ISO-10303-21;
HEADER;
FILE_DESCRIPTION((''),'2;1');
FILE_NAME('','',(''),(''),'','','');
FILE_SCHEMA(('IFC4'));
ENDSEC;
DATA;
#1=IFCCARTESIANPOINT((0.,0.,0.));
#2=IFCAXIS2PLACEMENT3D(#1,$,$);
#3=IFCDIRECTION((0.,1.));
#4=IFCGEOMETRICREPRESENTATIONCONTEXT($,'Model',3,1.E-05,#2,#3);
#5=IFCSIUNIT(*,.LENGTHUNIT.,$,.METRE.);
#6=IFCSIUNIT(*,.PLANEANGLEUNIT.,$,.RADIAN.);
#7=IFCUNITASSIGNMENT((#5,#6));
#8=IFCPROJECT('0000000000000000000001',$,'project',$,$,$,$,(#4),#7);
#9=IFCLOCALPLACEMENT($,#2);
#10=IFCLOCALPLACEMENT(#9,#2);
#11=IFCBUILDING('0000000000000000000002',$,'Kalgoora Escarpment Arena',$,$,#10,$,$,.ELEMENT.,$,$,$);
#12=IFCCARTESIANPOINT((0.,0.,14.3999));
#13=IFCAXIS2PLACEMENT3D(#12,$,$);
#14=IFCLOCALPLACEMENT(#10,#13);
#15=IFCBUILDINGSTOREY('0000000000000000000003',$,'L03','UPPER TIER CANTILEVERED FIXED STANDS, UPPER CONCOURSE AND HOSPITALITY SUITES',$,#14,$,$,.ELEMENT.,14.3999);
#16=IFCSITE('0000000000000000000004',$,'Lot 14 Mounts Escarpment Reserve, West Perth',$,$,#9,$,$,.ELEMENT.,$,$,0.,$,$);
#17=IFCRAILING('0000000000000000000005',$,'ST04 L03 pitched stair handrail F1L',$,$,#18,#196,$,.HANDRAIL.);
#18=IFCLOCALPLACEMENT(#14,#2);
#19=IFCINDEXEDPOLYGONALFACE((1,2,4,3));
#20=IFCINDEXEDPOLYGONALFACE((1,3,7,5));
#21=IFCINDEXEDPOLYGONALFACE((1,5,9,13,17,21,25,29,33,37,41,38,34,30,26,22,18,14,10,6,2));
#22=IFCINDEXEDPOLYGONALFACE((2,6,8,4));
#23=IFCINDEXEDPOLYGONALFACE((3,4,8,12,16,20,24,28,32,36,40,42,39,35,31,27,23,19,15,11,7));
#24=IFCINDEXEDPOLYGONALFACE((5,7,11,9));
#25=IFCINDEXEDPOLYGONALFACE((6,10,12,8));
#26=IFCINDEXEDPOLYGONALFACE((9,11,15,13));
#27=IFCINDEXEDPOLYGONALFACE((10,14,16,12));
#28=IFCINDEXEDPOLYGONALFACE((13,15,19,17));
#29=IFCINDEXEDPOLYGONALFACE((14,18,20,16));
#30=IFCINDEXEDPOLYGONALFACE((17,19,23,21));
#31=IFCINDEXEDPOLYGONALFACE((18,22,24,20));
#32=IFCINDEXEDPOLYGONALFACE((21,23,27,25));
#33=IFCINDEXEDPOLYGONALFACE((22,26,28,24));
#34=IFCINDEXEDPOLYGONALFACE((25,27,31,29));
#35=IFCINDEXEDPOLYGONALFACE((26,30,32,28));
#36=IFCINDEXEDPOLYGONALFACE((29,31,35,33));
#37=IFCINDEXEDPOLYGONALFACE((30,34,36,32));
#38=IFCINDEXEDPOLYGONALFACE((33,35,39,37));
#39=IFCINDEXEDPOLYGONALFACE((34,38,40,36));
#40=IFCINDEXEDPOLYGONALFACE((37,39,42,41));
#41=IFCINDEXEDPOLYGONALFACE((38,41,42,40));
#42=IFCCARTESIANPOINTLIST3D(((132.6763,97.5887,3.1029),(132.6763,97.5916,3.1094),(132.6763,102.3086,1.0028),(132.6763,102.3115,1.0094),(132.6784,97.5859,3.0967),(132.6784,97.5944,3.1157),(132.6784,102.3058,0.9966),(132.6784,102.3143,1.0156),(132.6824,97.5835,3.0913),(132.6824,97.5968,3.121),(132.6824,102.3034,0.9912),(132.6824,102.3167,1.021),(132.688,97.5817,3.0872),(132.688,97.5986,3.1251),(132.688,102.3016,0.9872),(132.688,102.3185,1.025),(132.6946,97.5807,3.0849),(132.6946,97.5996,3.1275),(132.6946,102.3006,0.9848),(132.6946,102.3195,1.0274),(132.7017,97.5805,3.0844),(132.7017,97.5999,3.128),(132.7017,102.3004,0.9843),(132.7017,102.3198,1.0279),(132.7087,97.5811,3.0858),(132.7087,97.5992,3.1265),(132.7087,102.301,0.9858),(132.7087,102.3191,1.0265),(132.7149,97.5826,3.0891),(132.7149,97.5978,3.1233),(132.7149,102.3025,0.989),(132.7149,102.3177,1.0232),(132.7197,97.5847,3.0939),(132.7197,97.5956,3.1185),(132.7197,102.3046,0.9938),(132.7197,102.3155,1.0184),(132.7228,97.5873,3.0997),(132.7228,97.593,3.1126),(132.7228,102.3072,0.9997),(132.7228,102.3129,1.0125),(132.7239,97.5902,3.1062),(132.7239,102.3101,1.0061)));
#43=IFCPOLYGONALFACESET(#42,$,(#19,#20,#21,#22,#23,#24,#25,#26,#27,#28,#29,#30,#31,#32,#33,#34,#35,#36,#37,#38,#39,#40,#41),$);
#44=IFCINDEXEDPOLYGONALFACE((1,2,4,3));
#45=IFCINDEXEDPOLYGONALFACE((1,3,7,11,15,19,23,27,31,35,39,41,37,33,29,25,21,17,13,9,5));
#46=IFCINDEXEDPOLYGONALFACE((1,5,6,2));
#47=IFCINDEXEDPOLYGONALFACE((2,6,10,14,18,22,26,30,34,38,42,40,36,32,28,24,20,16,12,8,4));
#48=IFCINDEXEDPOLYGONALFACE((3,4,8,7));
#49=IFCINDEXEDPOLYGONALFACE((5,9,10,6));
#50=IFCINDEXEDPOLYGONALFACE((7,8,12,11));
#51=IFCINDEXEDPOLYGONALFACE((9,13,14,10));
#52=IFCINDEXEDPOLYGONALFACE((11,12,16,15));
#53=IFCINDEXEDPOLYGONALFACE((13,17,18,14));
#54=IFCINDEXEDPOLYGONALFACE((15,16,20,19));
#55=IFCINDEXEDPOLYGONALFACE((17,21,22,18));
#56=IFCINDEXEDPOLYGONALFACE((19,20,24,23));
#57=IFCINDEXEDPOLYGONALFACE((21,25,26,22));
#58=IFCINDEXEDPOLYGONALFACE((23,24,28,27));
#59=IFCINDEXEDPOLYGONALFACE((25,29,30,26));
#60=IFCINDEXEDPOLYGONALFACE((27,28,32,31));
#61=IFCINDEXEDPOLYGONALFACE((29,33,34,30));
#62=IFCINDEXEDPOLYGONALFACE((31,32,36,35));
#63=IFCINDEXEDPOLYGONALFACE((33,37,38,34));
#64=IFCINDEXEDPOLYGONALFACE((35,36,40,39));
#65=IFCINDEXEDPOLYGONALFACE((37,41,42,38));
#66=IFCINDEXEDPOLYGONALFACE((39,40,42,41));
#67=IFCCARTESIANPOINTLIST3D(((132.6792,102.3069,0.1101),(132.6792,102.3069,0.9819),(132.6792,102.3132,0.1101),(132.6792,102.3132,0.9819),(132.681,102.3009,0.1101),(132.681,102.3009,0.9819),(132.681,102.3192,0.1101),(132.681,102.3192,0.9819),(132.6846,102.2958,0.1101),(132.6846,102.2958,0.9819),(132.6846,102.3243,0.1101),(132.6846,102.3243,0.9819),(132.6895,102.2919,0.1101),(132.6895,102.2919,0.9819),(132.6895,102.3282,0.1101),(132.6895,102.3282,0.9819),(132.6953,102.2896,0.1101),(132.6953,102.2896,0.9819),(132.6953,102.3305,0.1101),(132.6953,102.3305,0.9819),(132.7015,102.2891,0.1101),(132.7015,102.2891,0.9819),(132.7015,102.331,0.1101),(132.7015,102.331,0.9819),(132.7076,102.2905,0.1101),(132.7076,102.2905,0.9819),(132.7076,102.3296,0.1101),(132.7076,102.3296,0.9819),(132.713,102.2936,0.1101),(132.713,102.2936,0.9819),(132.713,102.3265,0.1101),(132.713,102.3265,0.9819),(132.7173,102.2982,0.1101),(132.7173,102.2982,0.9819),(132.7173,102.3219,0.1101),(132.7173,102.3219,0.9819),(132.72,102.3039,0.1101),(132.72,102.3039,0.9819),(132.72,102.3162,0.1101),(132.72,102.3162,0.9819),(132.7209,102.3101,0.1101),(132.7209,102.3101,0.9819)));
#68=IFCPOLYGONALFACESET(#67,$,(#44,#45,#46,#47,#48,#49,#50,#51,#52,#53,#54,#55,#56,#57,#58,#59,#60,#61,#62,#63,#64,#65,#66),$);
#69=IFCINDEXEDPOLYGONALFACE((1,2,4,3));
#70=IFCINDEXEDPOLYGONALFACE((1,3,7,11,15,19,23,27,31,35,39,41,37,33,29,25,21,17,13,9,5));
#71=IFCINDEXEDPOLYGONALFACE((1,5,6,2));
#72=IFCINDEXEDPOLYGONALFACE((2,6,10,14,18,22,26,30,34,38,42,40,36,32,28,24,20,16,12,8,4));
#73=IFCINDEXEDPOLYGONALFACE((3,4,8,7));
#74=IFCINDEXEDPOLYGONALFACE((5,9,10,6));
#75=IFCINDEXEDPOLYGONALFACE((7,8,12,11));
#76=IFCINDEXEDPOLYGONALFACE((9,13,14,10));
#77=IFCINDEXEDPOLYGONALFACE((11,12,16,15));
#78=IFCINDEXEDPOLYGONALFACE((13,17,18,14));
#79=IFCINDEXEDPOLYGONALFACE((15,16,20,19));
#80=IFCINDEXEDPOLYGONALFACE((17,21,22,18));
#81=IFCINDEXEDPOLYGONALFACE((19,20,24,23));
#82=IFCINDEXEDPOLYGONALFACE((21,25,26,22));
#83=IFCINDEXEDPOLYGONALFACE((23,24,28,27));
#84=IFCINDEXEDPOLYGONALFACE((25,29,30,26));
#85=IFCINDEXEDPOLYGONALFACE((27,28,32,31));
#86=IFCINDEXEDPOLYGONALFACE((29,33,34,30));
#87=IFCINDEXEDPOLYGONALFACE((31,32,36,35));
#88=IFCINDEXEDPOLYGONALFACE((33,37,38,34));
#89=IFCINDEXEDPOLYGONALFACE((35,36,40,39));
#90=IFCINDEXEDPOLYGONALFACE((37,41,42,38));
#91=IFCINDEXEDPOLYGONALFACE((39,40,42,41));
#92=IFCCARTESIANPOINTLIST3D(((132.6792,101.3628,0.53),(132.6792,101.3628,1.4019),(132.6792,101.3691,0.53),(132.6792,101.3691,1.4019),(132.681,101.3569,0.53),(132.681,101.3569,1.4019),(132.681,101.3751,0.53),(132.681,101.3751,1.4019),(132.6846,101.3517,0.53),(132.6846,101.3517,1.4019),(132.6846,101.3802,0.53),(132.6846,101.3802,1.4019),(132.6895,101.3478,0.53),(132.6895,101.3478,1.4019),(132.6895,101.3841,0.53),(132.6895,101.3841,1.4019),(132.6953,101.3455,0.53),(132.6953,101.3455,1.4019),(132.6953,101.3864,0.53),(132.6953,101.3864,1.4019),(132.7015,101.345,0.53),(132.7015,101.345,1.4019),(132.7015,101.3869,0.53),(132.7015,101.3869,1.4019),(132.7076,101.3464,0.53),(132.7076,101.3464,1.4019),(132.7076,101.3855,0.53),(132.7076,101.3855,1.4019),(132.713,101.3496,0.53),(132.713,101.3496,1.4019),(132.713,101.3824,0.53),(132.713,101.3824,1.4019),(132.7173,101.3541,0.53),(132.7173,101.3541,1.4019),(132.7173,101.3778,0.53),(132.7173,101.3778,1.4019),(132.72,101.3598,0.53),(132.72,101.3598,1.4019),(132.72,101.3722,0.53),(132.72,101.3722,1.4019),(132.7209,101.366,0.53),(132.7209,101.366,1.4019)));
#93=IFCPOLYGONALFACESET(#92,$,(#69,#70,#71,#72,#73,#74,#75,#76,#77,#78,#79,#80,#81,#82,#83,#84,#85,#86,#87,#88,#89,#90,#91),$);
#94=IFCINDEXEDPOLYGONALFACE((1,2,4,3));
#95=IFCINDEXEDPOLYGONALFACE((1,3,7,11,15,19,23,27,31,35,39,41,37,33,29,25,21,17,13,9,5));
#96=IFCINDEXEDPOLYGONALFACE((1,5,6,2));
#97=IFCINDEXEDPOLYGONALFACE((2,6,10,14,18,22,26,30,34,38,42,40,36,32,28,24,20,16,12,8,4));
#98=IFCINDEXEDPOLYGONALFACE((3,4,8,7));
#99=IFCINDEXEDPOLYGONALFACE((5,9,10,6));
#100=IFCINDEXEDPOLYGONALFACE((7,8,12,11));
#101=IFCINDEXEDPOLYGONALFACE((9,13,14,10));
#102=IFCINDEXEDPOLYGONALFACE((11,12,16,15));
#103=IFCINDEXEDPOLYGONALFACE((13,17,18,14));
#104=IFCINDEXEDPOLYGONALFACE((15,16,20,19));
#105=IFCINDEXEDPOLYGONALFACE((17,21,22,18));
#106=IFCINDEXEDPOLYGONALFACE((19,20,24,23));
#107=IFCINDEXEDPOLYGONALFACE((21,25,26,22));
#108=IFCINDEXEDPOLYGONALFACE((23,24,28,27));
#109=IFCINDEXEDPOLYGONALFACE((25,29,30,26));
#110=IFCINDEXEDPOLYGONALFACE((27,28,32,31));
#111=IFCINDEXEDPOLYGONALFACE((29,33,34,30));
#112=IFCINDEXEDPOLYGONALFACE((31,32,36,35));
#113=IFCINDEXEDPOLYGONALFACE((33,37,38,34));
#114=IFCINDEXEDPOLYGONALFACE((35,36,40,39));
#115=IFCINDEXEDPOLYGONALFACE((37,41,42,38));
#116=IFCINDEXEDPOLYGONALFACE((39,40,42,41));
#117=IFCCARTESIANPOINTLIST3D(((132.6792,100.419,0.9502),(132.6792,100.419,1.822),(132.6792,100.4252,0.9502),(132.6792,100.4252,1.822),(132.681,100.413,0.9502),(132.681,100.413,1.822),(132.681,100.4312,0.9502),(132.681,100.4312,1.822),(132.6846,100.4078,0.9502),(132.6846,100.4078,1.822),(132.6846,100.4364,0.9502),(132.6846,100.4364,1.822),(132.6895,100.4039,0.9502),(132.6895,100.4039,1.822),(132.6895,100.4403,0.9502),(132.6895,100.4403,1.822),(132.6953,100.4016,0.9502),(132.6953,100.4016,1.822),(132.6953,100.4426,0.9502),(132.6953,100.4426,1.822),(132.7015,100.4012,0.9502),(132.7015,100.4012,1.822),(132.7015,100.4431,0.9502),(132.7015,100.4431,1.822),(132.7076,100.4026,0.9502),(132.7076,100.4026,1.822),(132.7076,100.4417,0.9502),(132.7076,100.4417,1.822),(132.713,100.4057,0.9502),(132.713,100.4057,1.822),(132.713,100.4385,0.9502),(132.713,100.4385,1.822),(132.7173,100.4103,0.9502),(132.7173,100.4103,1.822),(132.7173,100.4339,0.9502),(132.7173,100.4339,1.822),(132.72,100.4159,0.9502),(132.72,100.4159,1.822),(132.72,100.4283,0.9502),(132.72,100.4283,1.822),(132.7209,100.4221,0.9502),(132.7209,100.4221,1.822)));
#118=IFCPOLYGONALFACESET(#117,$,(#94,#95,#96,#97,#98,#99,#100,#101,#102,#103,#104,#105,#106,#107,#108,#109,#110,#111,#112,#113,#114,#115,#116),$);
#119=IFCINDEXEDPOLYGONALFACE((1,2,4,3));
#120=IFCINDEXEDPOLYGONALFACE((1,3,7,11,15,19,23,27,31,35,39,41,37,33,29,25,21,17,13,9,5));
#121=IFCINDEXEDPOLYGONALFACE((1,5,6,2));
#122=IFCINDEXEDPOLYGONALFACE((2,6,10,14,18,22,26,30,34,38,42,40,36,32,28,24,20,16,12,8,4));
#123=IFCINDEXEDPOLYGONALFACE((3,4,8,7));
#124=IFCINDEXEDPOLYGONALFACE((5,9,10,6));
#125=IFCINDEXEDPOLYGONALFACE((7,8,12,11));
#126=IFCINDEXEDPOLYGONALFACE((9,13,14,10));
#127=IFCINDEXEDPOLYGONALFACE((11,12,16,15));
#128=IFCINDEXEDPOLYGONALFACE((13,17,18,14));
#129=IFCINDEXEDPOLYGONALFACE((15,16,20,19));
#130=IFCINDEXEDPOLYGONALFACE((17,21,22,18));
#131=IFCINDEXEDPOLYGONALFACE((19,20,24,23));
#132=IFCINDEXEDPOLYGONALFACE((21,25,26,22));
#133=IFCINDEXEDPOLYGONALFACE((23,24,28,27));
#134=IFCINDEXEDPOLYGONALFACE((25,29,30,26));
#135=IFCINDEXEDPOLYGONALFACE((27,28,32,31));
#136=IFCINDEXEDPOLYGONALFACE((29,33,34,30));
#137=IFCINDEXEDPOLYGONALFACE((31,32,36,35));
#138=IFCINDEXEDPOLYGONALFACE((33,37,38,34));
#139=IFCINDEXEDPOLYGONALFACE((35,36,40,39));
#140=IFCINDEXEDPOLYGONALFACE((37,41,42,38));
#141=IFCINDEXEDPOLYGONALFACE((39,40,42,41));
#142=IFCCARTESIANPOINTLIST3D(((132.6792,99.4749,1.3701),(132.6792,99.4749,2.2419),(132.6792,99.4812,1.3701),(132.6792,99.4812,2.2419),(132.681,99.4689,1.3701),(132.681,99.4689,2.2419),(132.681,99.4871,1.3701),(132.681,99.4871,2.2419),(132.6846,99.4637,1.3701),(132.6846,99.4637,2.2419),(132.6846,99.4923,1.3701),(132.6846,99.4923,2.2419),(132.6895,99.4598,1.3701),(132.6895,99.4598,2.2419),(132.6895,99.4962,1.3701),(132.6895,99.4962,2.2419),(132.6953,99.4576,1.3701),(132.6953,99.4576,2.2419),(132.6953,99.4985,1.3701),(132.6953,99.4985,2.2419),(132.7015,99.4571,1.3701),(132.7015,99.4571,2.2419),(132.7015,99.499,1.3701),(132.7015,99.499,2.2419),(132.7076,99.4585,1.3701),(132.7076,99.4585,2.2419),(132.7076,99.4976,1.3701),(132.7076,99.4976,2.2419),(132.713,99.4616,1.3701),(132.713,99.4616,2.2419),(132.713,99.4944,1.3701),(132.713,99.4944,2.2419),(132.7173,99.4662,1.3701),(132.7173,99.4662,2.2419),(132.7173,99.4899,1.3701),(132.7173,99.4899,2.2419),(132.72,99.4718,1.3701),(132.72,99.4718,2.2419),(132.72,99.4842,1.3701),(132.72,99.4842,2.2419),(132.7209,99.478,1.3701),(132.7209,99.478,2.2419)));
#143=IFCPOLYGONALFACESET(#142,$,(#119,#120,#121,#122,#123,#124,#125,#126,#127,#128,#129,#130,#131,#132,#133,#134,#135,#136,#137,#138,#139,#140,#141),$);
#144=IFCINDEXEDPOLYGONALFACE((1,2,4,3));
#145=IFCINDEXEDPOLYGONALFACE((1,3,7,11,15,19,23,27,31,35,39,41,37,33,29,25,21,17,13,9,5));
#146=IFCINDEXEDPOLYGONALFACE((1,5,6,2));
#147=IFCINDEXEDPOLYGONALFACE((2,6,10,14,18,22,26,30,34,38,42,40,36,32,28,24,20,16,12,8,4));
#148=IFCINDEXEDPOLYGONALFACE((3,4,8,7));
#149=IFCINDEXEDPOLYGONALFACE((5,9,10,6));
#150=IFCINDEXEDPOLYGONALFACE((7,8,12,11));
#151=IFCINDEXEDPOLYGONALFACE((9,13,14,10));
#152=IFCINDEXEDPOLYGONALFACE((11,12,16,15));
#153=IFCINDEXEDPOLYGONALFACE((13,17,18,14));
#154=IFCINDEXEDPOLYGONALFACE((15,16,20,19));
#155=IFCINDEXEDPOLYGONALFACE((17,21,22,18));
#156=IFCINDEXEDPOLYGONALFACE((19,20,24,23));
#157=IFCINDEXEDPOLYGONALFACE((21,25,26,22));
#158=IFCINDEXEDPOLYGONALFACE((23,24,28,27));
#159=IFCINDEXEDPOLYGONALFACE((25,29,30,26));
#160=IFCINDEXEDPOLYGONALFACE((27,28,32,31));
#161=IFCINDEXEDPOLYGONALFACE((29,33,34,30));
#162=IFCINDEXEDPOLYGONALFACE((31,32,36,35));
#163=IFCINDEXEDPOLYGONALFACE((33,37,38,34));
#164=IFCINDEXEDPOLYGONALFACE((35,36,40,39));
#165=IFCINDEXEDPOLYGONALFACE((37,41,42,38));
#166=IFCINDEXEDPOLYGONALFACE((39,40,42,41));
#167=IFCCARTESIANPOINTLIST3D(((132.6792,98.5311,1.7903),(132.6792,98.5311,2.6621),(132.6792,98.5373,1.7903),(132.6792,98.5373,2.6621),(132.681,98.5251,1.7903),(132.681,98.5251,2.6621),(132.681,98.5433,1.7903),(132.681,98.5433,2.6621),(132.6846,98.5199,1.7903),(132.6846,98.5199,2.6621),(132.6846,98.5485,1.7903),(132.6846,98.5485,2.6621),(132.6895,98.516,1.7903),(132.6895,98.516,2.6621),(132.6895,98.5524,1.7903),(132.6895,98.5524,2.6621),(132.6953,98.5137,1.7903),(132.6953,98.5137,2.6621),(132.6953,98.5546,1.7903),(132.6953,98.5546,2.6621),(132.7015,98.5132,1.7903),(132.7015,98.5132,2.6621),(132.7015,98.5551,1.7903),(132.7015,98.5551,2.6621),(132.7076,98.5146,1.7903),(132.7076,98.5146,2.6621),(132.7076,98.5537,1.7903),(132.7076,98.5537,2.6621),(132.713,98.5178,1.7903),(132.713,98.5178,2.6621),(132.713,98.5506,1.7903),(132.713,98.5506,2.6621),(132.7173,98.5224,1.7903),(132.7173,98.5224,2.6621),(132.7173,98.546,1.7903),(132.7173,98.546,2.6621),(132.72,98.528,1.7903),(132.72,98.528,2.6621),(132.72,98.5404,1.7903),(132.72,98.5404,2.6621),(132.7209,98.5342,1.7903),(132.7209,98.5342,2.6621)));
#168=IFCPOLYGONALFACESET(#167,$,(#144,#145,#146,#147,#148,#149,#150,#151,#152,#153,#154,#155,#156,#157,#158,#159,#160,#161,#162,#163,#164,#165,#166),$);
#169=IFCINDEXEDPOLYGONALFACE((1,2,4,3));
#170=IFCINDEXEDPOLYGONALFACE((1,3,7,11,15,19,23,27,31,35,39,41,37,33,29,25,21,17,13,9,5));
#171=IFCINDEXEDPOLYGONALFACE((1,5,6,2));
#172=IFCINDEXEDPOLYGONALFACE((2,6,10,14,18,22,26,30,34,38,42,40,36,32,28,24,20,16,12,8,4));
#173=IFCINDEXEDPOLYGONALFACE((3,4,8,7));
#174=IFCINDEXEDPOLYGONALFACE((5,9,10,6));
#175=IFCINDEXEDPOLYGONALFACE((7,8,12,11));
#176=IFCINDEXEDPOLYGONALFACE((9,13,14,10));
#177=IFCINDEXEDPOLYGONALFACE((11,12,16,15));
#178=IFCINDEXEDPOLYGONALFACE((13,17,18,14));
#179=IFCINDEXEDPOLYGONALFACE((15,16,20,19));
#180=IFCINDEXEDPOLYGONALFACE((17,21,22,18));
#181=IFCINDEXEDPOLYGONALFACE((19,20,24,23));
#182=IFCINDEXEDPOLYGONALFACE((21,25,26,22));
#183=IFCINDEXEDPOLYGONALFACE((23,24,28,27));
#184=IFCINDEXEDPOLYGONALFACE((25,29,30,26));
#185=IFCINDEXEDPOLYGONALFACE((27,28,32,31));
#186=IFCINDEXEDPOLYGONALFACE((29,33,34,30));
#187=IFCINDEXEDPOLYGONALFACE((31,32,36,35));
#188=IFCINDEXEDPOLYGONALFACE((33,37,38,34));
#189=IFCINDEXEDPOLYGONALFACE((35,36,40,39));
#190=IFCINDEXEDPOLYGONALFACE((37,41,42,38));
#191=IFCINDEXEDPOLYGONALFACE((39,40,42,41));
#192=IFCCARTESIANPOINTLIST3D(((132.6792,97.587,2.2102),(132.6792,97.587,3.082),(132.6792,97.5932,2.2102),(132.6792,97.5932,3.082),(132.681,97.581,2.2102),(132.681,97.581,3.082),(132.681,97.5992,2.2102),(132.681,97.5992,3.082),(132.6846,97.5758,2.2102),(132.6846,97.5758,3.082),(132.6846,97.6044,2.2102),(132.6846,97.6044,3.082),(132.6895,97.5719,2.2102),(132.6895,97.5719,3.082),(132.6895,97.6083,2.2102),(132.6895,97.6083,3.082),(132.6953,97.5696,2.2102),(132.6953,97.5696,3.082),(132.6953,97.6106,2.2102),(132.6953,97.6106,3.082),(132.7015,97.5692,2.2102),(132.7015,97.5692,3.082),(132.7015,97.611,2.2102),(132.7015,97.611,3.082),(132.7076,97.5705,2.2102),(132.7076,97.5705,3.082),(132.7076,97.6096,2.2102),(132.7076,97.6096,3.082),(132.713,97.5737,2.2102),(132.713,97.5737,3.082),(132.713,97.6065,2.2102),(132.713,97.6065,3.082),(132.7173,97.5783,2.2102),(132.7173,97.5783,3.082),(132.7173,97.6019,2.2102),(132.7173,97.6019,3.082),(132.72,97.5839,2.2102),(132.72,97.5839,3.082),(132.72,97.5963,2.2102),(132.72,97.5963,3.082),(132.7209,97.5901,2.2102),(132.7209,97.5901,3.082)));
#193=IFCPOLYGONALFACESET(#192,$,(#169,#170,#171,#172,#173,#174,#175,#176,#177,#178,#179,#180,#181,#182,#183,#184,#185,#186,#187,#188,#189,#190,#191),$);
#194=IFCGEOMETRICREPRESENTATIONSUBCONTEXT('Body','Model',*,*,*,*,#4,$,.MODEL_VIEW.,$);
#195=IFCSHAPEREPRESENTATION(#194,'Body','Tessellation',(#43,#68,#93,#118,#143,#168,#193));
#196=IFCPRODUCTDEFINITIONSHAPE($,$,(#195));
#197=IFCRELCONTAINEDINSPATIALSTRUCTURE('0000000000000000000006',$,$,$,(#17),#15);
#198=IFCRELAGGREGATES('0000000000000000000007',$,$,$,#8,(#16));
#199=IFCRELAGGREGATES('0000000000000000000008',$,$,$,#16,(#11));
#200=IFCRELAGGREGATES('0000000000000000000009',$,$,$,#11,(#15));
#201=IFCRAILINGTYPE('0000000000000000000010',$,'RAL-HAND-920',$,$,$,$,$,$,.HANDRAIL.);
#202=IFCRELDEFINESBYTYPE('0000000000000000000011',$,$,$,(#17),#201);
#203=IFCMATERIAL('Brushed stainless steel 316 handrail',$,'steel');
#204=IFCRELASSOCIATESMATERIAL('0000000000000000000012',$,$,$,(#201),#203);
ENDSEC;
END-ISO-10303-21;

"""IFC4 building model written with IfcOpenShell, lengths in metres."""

from ifc_helpers import new_model, si_unit, direction, frame, origin, origin_2d, place, context, subcontext, project, spatial, circle, extrude, material, type_object, element, save


model = new_model("IFC4")

# Units and contexts
model_context = context("Model", 3, precision=1e-05, world=origin(), true_north=direction((0.0, 1.0)))
body_context = subcontext(model_context, "Body", "Model", "MODEL_VIEW")
ifc_project = project(units=[si_unit("LENGTHUNIT", "METRE"), si_unit("PLANEANGLEUNIT", "RADIAN")], contexts=[model_context])

# Site, building, storey
site_placement = place(None, origin())
site = spatial("IfcSite", under=ifc_project, at=site_placement, Name="Lot 14 Mounts Escarpment Reserve, West Perth", CompositionType="ELEMENT", RefElevation=0.0)
building_placement = place(site_placement, origin())
building = spatial("IfcBuilding", under=site, at=building_placement, Name="Kalgoora Escarpment Arena", CompositionType="ELEMENT")
storey_placement = place(building_placement, frame((0.0, 0.0, 14.3999)))
storey = spatial("IfcBuildingStorey", under=building, at=storey_placement, Name="L03", Description="UPPER TIER CANTILEVERED FIXED STANDS, UPPER CONCOURSE AND HOSPITALITY SUITES", CompositionType="ELEMENT", Elevation=14.3999)

# Railing
ifc_material_1 = material(Name="Brushed stainless steel 316 handrail", Category="steel")
railing_type_1 = type_object("IfcRailingType", Name="RAL-HAND-920", PredefinedType="HANDRAIL", material=ifc_material_1)
railing_1_placement = place(storey_placement, frame((132.7, 102.3101, 0.1101)))
element("IfcRailing", 1, at=railing_1_placement, inside=storey, type_object=railing_type_1, Name="ST04 L03 pitched stair handrail F1L", PredefinedType="HANDRAIL", context=body_context, shape_type="SweptSolid", body=[
    extrude(circle(Radius=0.0239, at=origin_2d()), frame((0.0, 0.0, 0.896), z_axis=(0.0, -0.913644, 0.406516), x_axis=(1.0, 0.0, 0.0)), (0.0, 0.0, 1.0), 5.166),
    extrude(circle(Radius=0.021, at=origin_2d()), origin(), (0.0, 0.0, 1.0), 0.8718),
    extrude(circle(Radius=0.021, at=origin_2d()), frame((0.0, -0.9441, 0.4199)), (0.0, 0.0, 1.0), 0.8718),
    extrude(circle(Radius=0.021, at=origin_2d()), frame((0.0, -1.8879, 0.8401)), (0.0, 0.0, 1.0), 0.8718),
    extrude(circle(Radius=0.021, at=origin_2d()), frame((0.0, -2.832, 1.26)), (0.0, 0.0, 1.0), 0.8718),
    extrude(circle(Radius=0.021, at=origin_2d()), frame((0.0, -3.7759, 1.6802)), (0.0, 0.0, 1.0), 0.8718),
    extrude(circle(Radius=0.021, at=origin_2d()), frame((0.0, -4.72, 2.1001)), (0.0, 0.0, 1.0), 0.8718),
])

save(model, "model.ifc")
